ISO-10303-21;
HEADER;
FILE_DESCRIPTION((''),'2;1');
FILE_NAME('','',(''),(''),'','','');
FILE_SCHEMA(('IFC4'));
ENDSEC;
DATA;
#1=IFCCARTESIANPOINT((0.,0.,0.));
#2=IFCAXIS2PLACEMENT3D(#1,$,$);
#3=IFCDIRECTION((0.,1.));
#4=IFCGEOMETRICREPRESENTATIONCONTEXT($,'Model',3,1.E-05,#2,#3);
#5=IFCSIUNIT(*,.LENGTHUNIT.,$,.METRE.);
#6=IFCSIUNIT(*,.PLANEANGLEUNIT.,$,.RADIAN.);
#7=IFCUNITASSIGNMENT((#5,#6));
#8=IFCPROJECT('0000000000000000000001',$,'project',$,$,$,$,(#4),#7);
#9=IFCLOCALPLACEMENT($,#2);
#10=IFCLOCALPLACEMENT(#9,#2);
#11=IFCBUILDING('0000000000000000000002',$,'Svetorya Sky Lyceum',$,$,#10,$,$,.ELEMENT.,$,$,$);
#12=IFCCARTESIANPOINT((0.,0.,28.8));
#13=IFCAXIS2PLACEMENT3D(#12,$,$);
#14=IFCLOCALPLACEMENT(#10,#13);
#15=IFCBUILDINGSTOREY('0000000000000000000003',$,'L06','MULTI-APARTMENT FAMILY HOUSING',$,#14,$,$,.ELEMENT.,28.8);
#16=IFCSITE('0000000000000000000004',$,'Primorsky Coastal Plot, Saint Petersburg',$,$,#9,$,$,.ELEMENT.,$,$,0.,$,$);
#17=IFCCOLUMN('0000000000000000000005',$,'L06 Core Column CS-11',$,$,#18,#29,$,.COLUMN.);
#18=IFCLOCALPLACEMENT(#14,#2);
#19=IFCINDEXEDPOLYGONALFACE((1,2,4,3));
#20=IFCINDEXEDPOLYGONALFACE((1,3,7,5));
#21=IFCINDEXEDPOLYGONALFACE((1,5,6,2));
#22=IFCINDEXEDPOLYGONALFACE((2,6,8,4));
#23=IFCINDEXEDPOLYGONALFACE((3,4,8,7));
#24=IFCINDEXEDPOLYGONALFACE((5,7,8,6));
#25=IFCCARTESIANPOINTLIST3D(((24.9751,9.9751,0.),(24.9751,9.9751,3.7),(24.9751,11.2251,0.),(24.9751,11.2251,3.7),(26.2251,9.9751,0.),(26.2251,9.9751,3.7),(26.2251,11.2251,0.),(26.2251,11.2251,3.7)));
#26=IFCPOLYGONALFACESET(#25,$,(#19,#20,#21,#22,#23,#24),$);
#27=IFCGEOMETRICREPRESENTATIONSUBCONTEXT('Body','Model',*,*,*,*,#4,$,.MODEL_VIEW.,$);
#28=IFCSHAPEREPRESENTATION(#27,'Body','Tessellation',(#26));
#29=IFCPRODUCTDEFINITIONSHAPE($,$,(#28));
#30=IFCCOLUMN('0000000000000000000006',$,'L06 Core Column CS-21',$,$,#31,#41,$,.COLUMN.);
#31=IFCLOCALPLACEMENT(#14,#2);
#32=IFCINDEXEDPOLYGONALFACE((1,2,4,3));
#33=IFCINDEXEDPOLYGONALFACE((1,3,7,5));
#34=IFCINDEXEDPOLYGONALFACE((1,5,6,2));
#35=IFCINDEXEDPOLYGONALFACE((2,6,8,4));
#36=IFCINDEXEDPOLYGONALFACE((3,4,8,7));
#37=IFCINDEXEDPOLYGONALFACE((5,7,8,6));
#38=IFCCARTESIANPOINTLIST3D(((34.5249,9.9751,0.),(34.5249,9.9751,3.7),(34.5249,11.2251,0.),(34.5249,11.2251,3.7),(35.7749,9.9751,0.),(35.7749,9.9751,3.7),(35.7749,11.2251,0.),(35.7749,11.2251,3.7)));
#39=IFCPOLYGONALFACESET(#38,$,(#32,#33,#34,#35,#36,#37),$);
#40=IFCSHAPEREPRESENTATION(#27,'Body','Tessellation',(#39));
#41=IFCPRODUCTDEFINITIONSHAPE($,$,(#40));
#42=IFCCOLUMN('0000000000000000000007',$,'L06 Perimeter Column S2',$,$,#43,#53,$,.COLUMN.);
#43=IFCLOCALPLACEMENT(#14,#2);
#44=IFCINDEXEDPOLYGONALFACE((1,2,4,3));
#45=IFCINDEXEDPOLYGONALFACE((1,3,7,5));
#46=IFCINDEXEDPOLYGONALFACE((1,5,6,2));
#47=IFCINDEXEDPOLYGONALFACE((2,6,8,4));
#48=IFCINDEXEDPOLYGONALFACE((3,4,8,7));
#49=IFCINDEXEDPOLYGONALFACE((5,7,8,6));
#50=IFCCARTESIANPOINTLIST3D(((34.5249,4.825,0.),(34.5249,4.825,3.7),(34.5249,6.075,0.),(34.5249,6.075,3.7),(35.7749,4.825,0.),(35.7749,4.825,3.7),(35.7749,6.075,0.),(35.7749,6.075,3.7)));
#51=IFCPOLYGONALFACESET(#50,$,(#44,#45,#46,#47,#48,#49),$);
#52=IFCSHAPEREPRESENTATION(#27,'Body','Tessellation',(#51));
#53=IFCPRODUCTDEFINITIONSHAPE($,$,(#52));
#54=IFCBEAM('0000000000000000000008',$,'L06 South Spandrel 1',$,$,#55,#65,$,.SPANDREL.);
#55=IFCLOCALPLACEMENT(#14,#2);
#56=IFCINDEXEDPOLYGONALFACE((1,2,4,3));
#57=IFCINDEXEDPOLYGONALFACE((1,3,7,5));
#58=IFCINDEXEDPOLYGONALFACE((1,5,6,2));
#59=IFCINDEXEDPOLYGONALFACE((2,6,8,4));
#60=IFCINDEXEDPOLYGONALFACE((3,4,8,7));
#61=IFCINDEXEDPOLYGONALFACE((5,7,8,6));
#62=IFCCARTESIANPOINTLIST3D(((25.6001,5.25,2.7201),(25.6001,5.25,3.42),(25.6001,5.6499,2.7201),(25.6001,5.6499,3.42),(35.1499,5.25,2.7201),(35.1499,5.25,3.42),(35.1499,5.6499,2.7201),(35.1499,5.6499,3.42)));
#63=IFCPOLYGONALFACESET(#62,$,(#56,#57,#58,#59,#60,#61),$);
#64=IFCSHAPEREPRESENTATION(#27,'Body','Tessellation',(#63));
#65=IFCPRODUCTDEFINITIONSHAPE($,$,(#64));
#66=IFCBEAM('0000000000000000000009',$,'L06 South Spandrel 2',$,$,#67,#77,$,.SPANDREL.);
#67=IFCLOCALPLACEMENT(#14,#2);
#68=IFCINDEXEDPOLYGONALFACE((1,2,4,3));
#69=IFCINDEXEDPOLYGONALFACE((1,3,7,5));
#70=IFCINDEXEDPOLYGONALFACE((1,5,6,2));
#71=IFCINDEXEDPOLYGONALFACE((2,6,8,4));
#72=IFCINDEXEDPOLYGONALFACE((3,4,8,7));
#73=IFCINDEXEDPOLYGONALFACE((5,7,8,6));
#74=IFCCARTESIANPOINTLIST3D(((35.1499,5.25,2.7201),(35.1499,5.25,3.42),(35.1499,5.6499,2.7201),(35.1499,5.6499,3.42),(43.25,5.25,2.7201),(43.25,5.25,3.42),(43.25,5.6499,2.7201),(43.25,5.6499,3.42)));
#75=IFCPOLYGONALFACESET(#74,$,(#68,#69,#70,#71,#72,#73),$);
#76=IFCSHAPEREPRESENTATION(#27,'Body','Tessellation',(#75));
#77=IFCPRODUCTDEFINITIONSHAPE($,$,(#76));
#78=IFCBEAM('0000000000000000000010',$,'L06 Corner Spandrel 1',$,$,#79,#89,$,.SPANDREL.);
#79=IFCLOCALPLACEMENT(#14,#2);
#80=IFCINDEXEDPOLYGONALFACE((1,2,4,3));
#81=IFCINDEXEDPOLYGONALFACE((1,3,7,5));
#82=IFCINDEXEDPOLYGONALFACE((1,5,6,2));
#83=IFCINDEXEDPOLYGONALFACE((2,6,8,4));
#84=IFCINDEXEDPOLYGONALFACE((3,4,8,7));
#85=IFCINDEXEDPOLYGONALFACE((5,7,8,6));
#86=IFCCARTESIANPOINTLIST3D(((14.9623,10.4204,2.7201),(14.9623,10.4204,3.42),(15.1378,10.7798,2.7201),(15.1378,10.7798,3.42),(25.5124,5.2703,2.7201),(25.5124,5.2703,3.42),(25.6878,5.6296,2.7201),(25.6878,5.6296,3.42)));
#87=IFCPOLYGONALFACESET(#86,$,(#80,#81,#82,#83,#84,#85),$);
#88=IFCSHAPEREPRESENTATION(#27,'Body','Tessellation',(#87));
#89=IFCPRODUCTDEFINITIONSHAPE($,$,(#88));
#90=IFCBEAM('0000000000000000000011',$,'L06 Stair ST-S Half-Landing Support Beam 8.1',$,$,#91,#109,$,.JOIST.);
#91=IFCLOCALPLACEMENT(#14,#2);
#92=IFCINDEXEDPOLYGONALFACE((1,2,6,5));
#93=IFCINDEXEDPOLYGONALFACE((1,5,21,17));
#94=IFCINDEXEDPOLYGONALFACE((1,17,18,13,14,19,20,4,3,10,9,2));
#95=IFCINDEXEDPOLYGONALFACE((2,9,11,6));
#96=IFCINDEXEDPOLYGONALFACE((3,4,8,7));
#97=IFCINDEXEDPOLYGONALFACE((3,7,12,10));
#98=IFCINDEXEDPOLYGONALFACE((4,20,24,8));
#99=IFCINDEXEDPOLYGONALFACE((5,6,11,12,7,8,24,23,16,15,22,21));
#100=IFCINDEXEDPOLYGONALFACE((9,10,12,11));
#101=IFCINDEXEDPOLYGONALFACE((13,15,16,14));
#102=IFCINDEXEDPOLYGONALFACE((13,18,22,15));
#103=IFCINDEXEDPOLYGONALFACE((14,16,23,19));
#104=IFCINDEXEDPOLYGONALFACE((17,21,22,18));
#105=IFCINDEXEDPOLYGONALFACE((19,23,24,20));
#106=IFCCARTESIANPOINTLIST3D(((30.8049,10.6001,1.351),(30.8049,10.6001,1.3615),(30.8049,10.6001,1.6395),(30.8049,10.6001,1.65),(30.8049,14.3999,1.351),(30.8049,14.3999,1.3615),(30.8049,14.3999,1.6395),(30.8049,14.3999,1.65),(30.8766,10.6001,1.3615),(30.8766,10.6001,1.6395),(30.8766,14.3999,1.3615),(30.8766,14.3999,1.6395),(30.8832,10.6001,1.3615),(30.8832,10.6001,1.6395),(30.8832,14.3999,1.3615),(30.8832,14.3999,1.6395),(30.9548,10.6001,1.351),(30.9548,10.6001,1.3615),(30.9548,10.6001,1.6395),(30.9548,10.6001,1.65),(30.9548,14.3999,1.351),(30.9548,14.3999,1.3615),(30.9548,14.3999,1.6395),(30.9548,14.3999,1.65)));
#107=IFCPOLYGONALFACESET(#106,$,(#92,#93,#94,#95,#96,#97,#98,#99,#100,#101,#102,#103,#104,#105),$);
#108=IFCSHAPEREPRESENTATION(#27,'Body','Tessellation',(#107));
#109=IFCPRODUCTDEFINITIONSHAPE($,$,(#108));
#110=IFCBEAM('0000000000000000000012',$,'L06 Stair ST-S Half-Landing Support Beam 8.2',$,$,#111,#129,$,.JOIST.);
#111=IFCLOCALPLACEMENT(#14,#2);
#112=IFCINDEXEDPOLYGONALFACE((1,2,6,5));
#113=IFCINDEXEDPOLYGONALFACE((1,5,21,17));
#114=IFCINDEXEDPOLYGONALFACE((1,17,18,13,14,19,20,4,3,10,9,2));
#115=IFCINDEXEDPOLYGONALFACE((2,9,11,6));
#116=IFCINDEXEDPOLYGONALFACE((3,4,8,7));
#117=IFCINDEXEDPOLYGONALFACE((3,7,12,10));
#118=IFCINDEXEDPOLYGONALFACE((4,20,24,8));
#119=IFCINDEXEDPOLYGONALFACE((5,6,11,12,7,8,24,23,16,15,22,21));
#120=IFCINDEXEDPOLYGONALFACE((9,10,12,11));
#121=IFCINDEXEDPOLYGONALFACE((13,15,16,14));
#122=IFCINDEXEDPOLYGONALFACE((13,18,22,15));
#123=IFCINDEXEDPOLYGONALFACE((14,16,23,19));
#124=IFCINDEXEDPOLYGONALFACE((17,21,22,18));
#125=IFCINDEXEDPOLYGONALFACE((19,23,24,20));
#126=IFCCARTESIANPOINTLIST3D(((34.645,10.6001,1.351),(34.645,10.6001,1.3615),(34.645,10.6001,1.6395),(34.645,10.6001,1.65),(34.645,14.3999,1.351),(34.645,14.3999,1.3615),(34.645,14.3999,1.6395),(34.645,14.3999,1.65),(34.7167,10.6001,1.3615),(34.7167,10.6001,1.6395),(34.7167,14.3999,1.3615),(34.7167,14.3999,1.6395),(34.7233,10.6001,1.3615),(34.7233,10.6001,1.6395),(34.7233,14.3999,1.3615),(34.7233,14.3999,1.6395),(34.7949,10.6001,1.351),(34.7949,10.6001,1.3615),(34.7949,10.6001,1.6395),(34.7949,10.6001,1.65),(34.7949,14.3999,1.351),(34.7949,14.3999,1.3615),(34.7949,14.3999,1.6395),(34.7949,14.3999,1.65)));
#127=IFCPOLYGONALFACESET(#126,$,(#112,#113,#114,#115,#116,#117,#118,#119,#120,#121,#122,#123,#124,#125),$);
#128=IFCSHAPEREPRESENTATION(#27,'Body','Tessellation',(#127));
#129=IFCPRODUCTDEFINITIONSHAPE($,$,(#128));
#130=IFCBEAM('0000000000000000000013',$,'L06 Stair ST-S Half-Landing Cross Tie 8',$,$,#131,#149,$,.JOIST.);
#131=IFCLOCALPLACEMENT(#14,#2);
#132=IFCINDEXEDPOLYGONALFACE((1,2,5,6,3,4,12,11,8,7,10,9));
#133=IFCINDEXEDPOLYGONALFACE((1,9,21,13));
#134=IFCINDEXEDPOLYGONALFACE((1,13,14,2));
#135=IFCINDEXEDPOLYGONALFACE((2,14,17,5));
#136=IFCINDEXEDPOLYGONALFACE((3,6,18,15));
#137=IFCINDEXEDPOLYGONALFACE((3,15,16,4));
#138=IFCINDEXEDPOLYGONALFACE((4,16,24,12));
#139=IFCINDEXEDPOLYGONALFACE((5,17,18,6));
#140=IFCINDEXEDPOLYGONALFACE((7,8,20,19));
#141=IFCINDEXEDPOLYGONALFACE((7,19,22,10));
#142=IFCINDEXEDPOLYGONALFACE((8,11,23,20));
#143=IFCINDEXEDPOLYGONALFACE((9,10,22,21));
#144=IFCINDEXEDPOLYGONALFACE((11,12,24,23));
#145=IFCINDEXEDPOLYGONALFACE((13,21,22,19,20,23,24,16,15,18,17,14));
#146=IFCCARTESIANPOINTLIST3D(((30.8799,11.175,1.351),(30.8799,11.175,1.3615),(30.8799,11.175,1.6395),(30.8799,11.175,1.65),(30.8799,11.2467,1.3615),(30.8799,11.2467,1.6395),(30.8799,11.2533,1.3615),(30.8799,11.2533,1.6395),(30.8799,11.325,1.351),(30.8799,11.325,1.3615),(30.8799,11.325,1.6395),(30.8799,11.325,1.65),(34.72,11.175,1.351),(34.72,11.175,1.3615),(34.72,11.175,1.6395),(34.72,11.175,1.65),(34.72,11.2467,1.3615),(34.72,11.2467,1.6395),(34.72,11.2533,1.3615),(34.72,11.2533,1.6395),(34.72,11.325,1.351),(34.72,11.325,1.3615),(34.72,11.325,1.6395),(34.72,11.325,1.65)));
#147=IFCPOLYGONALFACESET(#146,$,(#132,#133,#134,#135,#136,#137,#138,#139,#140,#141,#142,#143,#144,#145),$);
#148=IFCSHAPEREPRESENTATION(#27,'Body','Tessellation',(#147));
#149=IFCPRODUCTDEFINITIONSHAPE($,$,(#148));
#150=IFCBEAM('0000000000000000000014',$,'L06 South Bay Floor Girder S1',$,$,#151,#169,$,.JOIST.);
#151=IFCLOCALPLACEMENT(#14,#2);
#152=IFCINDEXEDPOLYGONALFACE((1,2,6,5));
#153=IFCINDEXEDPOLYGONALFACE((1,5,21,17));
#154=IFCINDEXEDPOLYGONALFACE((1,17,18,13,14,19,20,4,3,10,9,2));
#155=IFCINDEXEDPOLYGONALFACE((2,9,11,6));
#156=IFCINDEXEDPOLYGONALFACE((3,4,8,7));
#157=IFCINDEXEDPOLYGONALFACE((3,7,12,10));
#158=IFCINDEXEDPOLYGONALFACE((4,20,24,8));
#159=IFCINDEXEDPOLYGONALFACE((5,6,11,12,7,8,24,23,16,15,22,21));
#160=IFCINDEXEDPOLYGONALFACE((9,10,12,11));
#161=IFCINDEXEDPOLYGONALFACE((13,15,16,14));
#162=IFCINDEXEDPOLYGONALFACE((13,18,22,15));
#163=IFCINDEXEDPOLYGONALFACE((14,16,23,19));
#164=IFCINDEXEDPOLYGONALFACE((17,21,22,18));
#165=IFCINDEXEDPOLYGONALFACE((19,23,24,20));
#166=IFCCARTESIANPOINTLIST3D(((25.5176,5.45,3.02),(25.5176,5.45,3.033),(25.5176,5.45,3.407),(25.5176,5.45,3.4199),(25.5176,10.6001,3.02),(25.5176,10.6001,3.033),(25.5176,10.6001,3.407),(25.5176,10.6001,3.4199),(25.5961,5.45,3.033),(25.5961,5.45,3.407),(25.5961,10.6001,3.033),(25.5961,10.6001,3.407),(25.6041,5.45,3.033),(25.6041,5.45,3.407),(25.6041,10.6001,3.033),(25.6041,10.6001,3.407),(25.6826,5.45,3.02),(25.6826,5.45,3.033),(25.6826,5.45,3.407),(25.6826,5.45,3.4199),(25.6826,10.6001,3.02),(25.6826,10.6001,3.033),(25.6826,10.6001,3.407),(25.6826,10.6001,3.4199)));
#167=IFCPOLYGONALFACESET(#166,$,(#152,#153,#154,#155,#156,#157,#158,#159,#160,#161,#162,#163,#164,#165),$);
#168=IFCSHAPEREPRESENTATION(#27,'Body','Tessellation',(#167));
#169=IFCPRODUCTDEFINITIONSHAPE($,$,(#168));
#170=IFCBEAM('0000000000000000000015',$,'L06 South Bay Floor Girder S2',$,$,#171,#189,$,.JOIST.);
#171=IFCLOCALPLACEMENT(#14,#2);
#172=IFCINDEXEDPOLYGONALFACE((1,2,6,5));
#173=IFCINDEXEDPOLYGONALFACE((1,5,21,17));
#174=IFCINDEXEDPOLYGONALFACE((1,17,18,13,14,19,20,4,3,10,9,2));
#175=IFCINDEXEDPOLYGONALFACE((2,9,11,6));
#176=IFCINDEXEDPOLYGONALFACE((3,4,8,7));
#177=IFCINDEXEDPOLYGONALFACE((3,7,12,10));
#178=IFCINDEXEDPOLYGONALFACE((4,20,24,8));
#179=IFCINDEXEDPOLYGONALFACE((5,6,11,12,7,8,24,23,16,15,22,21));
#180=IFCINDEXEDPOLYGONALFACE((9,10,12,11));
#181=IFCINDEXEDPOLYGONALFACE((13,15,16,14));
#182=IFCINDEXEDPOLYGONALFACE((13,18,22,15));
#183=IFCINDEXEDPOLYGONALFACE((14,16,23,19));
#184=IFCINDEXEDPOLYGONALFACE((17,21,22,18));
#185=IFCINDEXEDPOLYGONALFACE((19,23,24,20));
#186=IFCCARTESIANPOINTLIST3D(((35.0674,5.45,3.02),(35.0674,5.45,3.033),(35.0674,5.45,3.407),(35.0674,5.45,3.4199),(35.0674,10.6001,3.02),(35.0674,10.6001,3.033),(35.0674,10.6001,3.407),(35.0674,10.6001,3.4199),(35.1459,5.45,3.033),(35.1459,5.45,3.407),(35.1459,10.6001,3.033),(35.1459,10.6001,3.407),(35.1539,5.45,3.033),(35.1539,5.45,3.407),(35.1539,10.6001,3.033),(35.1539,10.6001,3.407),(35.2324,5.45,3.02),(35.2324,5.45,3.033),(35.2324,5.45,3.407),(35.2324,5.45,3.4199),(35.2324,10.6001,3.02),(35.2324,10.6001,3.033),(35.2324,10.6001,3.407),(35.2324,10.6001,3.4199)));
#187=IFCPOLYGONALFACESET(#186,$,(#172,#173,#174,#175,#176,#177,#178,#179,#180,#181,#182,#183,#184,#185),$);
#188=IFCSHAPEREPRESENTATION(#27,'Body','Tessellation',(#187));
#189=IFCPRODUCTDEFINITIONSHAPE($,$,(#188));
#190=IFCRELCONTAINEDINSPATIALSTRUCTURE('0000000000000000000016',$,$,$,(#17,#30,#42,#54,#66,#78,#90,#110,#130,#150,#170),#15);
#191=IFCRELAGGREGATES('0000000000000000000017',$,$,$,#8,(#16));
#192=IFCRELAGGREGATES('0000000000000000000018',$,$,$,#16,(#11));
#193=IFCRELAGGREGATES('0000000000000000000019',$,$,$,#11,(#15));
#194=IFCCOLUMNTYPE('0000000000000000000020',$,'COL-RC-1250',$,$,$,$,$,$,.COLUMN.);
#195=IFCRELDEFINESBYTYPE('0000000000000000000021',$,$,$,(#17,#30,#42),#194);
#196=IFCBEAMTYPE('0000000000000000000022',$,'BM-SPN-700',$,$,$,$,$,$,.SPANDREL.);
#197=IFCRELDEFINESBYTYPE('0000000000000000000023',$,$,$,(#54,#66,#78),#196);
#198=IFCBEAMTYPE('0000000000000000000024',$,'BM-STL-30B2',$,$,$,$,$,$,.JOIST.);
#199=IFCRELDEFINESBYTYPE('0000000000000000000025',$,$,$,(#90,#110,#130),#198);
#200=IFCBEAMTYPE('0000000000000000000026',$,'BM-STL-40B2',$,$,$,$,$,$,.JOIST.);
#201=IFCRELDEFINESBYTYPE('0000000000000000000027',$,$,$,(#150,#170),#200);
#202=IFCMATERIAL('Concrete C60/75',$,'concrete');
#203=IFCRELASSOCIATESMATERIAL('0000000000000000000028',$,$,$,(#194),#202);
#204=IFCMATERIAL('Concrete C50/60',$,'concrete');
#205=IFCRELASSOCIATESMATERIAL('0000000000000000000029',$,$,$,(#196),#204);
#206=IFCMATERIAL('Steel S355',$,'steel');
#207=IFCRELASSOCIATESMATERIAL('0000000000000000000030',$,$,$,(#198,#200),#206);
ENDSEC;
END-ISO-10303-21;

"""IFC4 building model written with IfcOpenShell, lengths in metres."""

from ifc_helpers import new_model, si_unit, direction, frame, origin, origin_2d, place, context, subcontext, project, spatial, rectangle, i_section, extrude, material, material_profile, profile_set, type_object, element, save


model = new_model("IFC4")

# Units and contexts
model_context = context("Model", 3, precision=1e-05, world=origin(), true_north=direction((0.0, 1.0)))
body_context = subcontext(model_context, "Body", "Model", "MODEL_VIEW")
ifc_project = project(units=[si_unit("LENGTHUNIT", "METRE"), si_unit("PLANEANGLEUNIT", "RADIAN")], contexts=[model_context])

# Site, building, storey
site_placement = place(None, origin())
site = spatial("IfcSite", under=ifc_project, at=site_placement, Name="Primorsky Coastal Plot, Saint Petersburg", CompositionType="ELEMENT", RefElevation=0.0)
building_placement = place(site_placement, origin())
building = spatial("IfcBuilding", under=site, at=building_placement, Name="Svetorya Sky Lyceum", CompositionType="ELEMENT")
storey_placement = place(building_placement, frame((0.0, 0.0, 28.8)))
storey = spatial("IfcBuildingStorey", under=building, at=storey_placement, Name="L06", Description="MULTI-APARTMENT FAMILY HOUSING", CompositionType="ELEMENT", Elevation=28.8)

# Columns
ifc_material_1 = material(Name="Concrete C60/75", Category="concrete")
ifc_material_profile_1 = material_profile(ifc_material_1, rectangle(XDim=1.25, YDim=1.25, at=origin_2d()), Name="RC COL 1250x1250")
ifc_profile_set_1 = profile_set([ifc_material_profile_1], Name="Concrete C60/75")
column_type = type_object("IfcColumnType", Name="COL-RC-1250", PredefinedType="COLUMN", material=ifc_profile_set_1)
for number, where, z_axis, x_axis, name in (
    (1, (25.6001, 10.6001, 0.0), (0.0, 0.0, 1.0), (1.0, 0.0, 0.0), "L06 Core Column CS-11"),
    (2, (35.1499, 10.6001, 0.0), (0.0, 0.0, 1.0), (1.0, 0.0, 0.0), "L06 Core Column CS-21"),
    (3, (35.1499, 5.45, 0.0), (0.0, 0.0, 1.0), (1.0, 0.0, 0.0), "L06 Perimeter Column S2"),
):
    element("IfcColumn", number, at=place(storey_placement, frame(where, z_axis=z_axis, x_axis=x_axis)), inside=storey, type_object=column_type, Name=name, PredefinedType="COLUMN", context=body_context, shape_type="SweptSolid", body=[
        extrude(rectangle(XDim=1.25, YDim=1.25, at=origin_2d()), origin(), (0.0, 0.0, 1.0), 3.7),
    ])

# Beams
ifc_material_2 = material(Name="Concrete C50/60", Category="concrete")
ifc_material_profile_2 = material_profile(ifc_material_2, rectangle(XDim=0.3999, YDim=0.7, at=origin_2d()), Name="RC SPANDREL 400x700")
ifc_profile_set_2 = profile_set([ifc_material_profile_2], Name="Concrete C50/60")
beam_type_1 = type_object("IfcBeamType", Name="BM-SPN-700", PredefinedType="SPANDREL", material=ifc_profile_set_2)
beam_1_placement = place(storey_placement, frame((25.6001, 5.45, 3.0701), z_axis=(1.0, 0.0, 0.0), x_axis=(0.0, 1.0, 0.0)))
element("IfcBeam", 4, at=beam_1_placement, inside=storey, type_object=beam_type_1, Name="L06 South Spandrel 1", PredefinedType="SPANDREL", context=body_context, shape_type="SweptSolid", body=[
    extrude(rectangle(XDim=0.3999, YDim=0.7, at=origin_2d()), origin(), (0.0, 0.0, 1.0), 9.5498),
])
beam_2_placement = place(storey_placement, frame((35.1499, 5.45, 3.0701), z_axis=(1.0, 0.0, 0.0), x_axis=(0.0, 1.0, 0.0)))
element("IfcBeam", 5, at=beam_2_placement, inside=storey, type_object=beam_type_1, Name="L06 South Spandrel 2", PredefinedType="SPANDREL", context=body_context, shape_type="SweptSolid", body=[
    extrude(rectangle(XDim=0.3999, YDim=0.7, at=origin_2d()), origin(), (0.0, 0.0, 1.0), 8.1001),
])
beam_3_placement = place(storey_placement, frame((25.6001, 5.45, 3.0701), z_axis=(-0.898641, 0.438684, 0.0), x_axis=(-0.438684, -0.898641, 0.0)))
element("IfcBeam", 6, at=beam_3_placement, inside=storey, type_object=beam_type_1, Name="L06 Corner Spandrel 1", PredefinedType="SPANDREL", context=body_context, shape_type="SweptSolid", body=[
    extrude(rectangle(XDim=0.3999, YDim=0.7, at=origin_2d()), origin(), (0.0, 0.0, 1.0), 11.74),
])
ifc_material_3 = material(Name="Steel S355", Category="steel")
ifc_material_profile_3 = material_profile(ifc_material_3, i_section(OverallWidth=0.1499, OverallDepth=0.2991, WebThickness=0.0066, FlangeThickness=0.0105, at=origin_2d()), Name="GOST 30B2")
ifc_profile_set_3 = profile_set([ifc_material_profile_3], Name="Steel S355")
beam_type_2 = type_object("IfcBeamType", Name="BM-STL-30B2", PredefinedType="JOIST", material=ifc_profile_set_3)
for number, where, z_axis, x_axis, name in (
    (7, (30.8799, 10.6001, 1.5005), (0.0, 1.0, 0.0), (-1.0, 0.0, 0.0), "L06 Stair ST-S Half-Landing Support Beam 8.1"),
    (8, (34.72, 10.6001, 1.5005), (0.0, 1.0, 0.0), (-1.0, 0.0, 0.0), "L06 Stair ST-S Half-Landing Support Beam 8.2"),
):
    element("IfcBeam", number, at=place(storey_placement, frame(where, z_axis=z_axis, x_axis=x_axis)), inside=storey, type_object=beam_type_2, Name=name, PredefinedType="JOIST", context=body_context, shape_type="SweptSolid", body=[
        extrude(i_section(OverallWidth=0.1499, OverallDepth=0.2991, WebThickness=0.0066, FlangeThickness=0.0105, at=origin_2d()), origin(), (0.0, 0.0, 1.0), 3.7998),
    ])
beam_4_placement = place(storey_placement, frame((30.8799, 11.25, 1.5005), z_axis=(1.0, 0.0, 0.0), x_axis=(0.0, 1.0, 0.0)))
element("IfcBeam", 9, at=beam_4_placement, inside=storey, type_object=beam_type_2, Name="L06 Stair ST-S Half-Landing Cross Tie 8", PredefinedType="JOIST", context=body_context, shape_type="SweptSolid", body=[
    extrude(i_section(OverallWidth=0.1499, OverallDepth=0.2991, WebThickness=0.0066, FlangeThickness=0.0105, at=origin_2d()), origin(), (0.0, 0.0, 1.0), 3.8401),
])
ifc_material_profile_4 = material_profile(ifc_material_3, i_section(OverallWidth=0.165, OverallDepth=0.3999, WebThickness=0.0081, FlangeThickness=0.0129, at=origin_2d()), Name="GOST 40B2")
ifc_profile_set_4 = profile_set([ifc_material_profile_4], Name="Steel S355")
beam_type_3 = type_object("IfcBeamType", Name="BM-STL-40B2", PredefinedType="JOIST", material=ifc_profile_set_4)
for number, where, z_axis, x_axis, name in (
    (10, (25.6001, 5.45, 3.22), (0.0, 1.0, 0.0), (-1.0, 0.0, 0.0), "L06 South Bay Floor Girder S1"),
    (11, (35.1499, 5.45, 3.22), (0.0, 1.0, 0.0), (-1.0, 0.0, 0.0), "L06 South Bay Floor Girder S2"),
):
    element("IfcBeam", number, at=place(storey_placement, frame(where, z_axis=z_axis, x_axis=x_axis)), inside=storey, type_object=beam_type_3, Name=name, PredefinedType="JOIST", context=body_context, shape_type="SweptSolid", body=[
        extrude(i_section(OverallWidth=0.165, OverallDepth=0.3999, WebThickness=0.0081, FlangeThickness=0.0129, at=origin_2d()), origin(), (0.0, 0.0, 1.0), 5.1501),
    ])

save(model, "model.ifc")
